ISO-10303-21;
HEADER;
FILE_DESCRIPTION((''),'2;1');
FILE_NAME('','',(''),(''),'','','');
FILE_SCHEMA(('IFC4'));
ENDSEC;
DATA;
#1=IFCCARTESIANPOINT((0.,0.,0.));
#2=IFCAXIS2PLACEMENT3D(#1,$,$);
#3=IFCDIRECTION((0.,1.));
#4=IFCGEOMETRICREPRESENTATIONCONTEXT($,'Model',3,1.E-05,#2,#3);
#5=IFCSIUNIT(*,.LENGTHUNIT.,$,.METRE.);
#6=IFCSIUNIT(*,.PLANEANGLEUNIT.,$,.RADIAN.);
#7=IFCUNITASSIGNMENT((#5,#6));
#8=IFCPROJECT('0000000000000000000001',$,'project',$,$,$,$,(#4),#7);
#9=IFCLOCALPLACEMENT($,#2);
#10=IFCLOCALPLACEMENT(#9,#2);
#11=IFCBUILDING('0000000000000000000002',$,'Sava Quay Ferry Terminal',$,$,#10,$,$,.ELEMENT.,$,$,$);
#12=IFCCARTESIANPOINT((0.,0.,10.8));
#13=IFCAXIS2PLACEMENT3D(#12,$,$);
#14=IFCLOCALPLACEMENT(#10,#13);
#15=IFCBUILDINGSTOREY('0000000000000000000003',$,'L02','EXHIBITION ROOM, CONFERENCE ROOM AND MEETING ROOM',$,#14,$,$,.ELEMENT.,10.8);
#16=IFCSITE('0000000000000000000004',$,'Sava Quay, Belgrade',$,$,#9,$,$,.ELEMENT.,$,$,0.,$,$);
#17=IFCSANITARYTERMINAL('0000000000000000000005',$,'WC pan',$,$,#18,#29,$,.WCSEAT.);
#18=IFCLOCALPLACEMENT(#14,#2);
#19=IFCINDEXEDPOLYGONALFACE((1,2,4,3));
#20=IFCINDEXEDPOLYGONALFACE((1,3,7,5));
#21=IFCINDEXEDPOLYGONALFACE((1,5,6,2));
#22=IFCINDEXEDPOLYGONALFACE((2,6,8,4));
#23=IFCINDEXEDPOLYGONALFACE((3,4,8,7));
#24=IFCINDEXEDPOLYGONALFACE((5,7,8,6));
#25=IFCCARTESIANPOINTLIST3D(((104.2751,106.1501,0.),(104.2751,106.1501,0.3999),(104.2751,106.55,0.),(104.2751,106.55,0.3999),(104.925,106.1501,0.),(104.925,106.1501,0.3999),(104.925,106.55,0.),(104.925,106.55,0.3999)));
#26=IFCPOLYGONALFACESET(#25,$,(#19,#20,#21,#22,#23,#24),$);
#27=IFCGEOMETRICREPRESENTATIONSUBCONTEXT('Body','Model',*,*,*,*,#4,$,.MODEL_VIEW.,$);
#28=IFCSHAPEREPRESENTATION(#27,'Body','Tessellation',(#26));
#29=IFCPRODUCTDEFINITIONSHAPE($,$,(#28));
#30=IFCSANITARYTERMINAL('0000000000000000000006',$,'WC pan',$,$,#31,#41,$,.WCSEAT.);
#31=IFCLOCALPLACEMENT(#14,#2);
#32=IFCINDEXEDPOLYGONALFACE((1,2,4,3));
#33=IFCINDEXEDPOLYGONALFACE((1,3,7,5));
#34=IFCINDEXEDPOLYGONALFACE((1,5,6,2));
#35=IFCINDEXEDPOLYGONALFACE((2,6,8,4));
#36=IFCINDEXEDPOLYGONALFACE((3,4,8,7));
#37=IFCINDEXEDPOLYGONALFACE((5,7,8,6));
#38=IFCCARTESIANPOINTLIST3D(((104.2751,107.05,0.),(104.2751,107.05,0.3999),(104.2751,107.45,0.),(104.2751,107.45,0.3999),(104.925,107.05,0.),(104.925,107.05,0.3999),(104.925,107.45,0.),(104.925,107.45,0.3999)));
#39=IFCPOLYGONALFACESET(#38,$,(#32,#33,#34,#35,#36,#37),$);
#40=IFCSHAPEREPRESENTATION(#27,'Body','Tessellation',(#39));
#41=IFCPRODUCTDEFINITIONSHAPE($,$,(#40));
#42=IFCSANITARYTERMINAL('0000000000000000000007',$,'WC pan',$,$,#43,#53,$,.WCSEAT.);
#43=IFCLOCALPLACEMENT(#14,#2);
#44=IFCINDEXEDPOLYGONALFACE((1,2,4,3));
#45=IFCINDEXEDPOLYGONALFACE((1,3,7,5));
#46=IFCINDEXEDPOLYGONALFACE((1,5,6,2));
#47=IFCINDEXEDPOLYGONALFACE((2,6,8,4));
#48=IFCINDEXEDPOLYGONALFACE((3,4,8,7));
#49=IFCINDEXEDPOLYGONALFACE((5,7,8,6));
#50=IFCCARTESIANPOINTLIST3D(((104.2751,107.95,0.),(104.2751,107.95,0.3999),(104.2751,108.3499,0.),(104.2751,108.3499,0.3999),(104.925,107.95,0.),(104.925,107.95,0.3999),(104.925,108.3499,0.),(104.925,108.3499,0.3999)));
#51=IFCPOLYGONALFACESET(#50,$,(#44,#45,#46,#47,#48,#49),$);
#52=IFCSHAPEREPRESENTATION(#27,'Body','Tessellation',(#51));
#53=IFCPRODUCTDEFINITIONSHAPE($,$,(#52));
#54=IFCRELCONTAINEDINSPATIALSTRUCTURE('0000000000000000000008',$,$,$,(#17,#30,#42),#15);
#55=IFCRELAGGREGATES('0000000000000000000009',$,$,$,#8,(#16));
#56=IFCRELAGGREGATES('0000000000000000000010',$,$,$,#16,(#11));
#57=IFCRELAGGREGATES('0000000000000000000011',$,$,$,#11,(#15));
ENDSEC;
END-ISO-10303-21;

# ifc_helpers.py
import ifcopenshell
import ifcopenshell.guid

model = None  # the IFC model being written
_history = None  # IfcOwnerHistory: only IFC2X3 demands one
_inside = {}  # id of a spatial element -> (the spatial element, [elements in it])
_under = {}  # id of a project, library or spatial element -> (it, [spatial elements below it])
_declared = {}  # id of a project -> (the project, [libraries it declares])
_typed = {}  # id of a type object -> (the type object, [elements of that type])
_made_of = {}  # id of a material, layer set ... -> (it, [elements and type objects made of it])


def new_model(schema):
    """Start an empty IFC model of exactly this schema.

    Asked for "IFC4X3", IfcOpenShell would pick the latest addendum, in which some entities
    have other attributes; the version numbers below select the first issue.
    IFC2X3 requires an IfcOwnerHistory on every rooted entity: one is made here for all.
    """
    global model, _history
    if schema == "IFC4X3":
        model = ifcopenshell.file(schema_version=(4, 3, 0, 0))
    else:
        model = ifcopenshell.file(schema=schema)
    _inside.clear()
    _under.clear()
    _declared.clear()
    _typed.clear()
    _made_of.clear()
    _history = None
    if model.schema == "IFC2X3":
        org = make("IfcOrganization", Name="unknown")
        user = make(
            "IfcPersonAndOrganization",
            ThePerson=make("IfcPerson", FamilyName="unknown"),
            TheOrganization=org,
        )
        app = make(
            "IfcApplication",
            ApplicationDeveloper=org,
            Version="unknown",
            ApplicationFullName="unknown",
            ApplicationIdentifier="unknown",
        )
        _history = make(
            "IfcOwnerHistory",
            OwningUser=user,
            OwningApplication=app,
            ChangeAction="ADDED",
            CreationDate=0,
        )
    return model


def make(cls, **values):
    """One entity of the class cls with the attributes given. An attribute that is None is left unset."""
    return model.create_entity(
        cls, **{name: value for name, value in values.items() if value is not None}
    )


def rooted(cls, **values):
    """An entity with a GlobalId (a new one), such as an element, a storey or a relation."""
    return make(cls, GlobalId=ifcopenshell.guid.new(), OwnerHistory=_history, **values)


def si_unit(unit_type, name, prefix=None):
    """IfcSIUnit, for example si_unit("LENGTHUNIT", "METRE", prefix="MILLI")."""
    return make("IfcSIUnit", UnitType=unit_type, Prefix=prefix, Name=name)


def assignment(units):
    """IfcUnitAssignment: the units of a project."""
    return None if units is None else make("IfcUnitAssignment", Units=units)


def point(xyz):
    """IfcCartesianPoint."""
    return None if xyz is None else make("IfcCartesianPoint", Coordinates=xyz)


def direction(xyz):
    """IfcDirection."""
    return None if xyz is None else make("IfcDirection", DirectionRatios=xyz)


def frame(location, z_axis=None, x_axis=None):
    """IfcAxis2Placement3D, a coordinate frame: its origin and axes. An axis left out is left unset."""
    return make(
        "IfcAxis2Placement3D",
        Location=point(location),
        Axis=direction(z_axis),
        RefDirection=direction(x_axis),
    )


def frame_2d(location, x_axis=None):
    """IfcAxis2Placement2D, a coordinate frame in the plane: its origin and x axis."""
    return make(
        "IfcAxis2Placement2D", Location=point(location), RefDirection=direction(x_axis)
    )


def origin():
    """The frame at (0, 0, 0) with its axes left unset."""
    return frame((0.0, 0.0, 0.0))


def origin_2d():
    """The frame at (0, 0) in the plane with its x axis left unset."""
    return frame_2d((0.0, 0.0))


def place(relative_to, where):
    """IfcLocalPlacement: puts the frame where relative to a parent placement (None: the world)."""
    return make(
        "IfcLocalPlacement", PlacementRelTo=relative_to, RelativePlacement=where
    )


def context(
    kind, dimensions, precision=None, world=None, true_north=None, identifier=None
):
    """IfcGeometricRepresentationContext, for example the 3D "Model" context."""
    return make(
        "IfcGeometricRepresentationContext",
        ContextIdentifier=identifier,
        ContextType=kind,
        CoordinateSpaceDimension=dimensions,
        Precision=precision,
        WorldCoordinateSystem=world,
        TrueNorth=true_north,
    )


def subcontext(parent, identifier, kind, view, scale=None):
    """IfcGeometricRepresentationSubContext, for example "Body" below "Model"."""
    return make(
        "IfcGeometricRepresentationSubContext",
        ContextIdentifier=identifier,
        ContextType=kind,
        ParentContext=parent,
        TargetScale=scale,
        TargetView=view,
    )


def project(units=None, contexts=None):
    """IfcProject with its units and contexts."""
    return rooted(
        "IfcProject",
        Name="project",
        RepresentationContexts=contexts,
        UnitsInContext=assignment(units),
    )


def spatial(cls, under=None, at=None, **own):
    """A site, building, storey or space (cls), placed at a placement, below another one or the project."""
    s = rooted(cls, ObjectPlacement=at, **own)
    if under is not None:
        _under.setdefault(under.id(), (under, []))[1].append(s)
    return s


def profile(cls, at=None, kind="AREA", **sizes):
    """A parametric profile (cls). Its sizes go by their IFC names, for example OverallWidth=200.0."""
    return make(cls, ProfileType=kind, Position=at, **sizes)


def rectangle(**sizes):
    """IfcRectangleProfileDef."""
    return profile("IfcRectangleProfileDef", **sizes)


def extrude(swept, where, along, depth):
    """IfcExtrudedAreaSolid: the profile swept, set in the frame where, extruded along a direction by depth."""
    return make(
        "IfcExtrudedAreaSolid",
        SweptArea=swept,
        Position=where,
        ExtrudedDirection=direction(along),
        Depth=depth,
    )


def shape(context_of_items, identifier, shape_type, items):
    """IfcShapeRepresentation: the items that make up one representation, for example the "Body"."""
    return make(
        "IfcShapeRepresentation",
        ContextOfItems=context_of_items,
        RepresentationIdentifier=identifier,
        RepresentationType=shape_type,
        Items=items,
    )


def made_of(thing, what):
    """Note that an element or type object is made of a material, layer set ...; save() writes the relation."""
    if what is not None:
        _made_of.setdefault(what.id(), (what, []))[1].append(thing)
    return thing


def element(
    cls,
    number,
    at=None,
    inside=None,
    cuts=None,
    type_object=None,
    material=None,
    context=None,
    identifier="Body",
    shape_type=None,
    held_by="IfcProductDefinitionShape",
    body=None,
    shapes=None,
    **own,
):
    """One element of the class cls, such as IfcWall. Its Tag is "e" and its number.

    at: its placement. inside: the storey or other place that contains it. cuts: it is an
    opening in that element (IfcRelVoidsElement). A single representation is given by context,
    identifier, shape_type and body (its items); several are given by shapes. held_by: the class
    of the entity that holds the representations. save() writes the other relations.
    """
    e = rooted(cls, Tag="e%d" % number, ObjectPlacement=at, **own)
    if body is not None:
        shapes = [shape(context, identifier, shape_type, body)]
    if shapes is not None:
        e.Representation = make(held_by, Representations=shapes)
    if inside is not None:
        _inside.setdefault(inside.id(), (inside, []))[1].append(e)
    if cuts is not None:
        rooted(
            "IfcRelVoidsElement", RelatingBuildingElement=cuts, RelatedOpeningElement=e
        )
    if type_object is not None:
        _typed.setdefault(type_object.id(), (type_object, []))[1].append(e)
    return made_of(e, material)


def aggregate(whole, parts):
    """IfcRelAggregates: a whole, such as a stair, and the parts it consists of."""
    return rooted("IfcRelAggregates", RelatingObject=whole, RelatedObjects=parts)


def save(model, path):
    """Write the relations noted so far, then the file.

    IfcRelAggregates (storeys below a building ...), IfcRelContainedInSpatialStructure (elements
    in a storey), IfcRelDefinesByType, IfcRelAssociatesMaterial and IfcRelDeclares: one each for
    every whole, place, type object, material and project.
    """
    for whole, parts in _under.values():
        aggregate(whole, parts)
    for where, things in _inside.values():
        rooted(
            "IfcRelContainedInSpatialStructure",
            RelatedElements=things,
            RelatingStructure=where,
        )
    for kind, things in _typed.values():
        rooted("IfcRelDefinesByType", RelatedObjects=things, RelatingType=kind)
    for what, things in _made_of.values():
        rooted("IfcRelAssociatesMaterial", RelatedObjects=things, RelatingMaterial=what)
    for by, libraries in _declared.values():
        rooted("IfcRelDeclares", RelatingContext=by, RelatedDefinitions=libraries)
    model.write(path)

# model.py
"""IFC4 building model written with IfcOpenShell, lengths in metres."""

from ifc_helpers import new_model, si_unit, direction, frame, origin, origin_2d, place, context, subcontext, project, spatial, rectangle, extrude, element, save


model = new_model("IFC4")

# Units and contexts
model_context = context("Model", 3, precision=1e-05, world=origin(), true_north=direction((0.0, 1.0)))
body_context = subcontext(model_context, "Body", "Model", "MODEL_VIEW")
ifc_project = project(units=[si_unit("LENGTHUNIT", "METRE"), si_unit("PLANEANGLEUNIT", "RADIAN")], contexts=[model_context])

# Site, building, storey
site_placement = place(None, origin())
site = spatial("IfcSite", under=ifc_project, at=site_placement, Name="Sava Quay, Belgrade", CompositionType="ELEMENT", RefElevation=0.0)
building_placement = place(site_placement, origin())
building = spatial("IfcBuilding", under=site, at=building_placement, Name="Sava Quay Ferry Terminal", CompositionType="ELEMENT")
storey_placement = place(building_placement, frame((0.0, 0.0, 10.8)))
storey = spatial("IfcBuildingStorey", under=building, at=storey_placement, Name="L02", Description="EXHIBITION ROOM, CONFERENCE ROOM AND MEETING ROOM", CompositionType="ELEMENT", Elevation=10.8)

# Sanitary terminals
for number, where, z_axis, x_axis, name in (
    (1, (104.6001, 106.3501, 0.0), (0.0, 0.0, 1.0), (1.0, 0.0, 0.0), "WC pan"),
    (2, (104.6001, 107.25, 0.0), (0.0, 0.0, 1.0), (1.0, 0.0, 0.0), "WC pan"),
    (3, (104.6001, 108.1499, 0.0), (0.0, 0.0, 1.0), (1.0, 0.0, 0.0), "WC pan"),
):
    element("IfcSanitaryTerminal", number, at=place(storey_placement, frame(where, z_axis=z_axis, x_axis=x_axis)), inside=storey, Name=name, PredefinedType="WCSEAT", context=body_context, shape_type="SweptSolid", body=[
        extrude(rectangle(XDim=0.6499, YDim=0.3999, at=origin_2d()), origin(), (0.0, 0.0, 1.0), 0.3999),
    ])

save(model, "model.ifc")
